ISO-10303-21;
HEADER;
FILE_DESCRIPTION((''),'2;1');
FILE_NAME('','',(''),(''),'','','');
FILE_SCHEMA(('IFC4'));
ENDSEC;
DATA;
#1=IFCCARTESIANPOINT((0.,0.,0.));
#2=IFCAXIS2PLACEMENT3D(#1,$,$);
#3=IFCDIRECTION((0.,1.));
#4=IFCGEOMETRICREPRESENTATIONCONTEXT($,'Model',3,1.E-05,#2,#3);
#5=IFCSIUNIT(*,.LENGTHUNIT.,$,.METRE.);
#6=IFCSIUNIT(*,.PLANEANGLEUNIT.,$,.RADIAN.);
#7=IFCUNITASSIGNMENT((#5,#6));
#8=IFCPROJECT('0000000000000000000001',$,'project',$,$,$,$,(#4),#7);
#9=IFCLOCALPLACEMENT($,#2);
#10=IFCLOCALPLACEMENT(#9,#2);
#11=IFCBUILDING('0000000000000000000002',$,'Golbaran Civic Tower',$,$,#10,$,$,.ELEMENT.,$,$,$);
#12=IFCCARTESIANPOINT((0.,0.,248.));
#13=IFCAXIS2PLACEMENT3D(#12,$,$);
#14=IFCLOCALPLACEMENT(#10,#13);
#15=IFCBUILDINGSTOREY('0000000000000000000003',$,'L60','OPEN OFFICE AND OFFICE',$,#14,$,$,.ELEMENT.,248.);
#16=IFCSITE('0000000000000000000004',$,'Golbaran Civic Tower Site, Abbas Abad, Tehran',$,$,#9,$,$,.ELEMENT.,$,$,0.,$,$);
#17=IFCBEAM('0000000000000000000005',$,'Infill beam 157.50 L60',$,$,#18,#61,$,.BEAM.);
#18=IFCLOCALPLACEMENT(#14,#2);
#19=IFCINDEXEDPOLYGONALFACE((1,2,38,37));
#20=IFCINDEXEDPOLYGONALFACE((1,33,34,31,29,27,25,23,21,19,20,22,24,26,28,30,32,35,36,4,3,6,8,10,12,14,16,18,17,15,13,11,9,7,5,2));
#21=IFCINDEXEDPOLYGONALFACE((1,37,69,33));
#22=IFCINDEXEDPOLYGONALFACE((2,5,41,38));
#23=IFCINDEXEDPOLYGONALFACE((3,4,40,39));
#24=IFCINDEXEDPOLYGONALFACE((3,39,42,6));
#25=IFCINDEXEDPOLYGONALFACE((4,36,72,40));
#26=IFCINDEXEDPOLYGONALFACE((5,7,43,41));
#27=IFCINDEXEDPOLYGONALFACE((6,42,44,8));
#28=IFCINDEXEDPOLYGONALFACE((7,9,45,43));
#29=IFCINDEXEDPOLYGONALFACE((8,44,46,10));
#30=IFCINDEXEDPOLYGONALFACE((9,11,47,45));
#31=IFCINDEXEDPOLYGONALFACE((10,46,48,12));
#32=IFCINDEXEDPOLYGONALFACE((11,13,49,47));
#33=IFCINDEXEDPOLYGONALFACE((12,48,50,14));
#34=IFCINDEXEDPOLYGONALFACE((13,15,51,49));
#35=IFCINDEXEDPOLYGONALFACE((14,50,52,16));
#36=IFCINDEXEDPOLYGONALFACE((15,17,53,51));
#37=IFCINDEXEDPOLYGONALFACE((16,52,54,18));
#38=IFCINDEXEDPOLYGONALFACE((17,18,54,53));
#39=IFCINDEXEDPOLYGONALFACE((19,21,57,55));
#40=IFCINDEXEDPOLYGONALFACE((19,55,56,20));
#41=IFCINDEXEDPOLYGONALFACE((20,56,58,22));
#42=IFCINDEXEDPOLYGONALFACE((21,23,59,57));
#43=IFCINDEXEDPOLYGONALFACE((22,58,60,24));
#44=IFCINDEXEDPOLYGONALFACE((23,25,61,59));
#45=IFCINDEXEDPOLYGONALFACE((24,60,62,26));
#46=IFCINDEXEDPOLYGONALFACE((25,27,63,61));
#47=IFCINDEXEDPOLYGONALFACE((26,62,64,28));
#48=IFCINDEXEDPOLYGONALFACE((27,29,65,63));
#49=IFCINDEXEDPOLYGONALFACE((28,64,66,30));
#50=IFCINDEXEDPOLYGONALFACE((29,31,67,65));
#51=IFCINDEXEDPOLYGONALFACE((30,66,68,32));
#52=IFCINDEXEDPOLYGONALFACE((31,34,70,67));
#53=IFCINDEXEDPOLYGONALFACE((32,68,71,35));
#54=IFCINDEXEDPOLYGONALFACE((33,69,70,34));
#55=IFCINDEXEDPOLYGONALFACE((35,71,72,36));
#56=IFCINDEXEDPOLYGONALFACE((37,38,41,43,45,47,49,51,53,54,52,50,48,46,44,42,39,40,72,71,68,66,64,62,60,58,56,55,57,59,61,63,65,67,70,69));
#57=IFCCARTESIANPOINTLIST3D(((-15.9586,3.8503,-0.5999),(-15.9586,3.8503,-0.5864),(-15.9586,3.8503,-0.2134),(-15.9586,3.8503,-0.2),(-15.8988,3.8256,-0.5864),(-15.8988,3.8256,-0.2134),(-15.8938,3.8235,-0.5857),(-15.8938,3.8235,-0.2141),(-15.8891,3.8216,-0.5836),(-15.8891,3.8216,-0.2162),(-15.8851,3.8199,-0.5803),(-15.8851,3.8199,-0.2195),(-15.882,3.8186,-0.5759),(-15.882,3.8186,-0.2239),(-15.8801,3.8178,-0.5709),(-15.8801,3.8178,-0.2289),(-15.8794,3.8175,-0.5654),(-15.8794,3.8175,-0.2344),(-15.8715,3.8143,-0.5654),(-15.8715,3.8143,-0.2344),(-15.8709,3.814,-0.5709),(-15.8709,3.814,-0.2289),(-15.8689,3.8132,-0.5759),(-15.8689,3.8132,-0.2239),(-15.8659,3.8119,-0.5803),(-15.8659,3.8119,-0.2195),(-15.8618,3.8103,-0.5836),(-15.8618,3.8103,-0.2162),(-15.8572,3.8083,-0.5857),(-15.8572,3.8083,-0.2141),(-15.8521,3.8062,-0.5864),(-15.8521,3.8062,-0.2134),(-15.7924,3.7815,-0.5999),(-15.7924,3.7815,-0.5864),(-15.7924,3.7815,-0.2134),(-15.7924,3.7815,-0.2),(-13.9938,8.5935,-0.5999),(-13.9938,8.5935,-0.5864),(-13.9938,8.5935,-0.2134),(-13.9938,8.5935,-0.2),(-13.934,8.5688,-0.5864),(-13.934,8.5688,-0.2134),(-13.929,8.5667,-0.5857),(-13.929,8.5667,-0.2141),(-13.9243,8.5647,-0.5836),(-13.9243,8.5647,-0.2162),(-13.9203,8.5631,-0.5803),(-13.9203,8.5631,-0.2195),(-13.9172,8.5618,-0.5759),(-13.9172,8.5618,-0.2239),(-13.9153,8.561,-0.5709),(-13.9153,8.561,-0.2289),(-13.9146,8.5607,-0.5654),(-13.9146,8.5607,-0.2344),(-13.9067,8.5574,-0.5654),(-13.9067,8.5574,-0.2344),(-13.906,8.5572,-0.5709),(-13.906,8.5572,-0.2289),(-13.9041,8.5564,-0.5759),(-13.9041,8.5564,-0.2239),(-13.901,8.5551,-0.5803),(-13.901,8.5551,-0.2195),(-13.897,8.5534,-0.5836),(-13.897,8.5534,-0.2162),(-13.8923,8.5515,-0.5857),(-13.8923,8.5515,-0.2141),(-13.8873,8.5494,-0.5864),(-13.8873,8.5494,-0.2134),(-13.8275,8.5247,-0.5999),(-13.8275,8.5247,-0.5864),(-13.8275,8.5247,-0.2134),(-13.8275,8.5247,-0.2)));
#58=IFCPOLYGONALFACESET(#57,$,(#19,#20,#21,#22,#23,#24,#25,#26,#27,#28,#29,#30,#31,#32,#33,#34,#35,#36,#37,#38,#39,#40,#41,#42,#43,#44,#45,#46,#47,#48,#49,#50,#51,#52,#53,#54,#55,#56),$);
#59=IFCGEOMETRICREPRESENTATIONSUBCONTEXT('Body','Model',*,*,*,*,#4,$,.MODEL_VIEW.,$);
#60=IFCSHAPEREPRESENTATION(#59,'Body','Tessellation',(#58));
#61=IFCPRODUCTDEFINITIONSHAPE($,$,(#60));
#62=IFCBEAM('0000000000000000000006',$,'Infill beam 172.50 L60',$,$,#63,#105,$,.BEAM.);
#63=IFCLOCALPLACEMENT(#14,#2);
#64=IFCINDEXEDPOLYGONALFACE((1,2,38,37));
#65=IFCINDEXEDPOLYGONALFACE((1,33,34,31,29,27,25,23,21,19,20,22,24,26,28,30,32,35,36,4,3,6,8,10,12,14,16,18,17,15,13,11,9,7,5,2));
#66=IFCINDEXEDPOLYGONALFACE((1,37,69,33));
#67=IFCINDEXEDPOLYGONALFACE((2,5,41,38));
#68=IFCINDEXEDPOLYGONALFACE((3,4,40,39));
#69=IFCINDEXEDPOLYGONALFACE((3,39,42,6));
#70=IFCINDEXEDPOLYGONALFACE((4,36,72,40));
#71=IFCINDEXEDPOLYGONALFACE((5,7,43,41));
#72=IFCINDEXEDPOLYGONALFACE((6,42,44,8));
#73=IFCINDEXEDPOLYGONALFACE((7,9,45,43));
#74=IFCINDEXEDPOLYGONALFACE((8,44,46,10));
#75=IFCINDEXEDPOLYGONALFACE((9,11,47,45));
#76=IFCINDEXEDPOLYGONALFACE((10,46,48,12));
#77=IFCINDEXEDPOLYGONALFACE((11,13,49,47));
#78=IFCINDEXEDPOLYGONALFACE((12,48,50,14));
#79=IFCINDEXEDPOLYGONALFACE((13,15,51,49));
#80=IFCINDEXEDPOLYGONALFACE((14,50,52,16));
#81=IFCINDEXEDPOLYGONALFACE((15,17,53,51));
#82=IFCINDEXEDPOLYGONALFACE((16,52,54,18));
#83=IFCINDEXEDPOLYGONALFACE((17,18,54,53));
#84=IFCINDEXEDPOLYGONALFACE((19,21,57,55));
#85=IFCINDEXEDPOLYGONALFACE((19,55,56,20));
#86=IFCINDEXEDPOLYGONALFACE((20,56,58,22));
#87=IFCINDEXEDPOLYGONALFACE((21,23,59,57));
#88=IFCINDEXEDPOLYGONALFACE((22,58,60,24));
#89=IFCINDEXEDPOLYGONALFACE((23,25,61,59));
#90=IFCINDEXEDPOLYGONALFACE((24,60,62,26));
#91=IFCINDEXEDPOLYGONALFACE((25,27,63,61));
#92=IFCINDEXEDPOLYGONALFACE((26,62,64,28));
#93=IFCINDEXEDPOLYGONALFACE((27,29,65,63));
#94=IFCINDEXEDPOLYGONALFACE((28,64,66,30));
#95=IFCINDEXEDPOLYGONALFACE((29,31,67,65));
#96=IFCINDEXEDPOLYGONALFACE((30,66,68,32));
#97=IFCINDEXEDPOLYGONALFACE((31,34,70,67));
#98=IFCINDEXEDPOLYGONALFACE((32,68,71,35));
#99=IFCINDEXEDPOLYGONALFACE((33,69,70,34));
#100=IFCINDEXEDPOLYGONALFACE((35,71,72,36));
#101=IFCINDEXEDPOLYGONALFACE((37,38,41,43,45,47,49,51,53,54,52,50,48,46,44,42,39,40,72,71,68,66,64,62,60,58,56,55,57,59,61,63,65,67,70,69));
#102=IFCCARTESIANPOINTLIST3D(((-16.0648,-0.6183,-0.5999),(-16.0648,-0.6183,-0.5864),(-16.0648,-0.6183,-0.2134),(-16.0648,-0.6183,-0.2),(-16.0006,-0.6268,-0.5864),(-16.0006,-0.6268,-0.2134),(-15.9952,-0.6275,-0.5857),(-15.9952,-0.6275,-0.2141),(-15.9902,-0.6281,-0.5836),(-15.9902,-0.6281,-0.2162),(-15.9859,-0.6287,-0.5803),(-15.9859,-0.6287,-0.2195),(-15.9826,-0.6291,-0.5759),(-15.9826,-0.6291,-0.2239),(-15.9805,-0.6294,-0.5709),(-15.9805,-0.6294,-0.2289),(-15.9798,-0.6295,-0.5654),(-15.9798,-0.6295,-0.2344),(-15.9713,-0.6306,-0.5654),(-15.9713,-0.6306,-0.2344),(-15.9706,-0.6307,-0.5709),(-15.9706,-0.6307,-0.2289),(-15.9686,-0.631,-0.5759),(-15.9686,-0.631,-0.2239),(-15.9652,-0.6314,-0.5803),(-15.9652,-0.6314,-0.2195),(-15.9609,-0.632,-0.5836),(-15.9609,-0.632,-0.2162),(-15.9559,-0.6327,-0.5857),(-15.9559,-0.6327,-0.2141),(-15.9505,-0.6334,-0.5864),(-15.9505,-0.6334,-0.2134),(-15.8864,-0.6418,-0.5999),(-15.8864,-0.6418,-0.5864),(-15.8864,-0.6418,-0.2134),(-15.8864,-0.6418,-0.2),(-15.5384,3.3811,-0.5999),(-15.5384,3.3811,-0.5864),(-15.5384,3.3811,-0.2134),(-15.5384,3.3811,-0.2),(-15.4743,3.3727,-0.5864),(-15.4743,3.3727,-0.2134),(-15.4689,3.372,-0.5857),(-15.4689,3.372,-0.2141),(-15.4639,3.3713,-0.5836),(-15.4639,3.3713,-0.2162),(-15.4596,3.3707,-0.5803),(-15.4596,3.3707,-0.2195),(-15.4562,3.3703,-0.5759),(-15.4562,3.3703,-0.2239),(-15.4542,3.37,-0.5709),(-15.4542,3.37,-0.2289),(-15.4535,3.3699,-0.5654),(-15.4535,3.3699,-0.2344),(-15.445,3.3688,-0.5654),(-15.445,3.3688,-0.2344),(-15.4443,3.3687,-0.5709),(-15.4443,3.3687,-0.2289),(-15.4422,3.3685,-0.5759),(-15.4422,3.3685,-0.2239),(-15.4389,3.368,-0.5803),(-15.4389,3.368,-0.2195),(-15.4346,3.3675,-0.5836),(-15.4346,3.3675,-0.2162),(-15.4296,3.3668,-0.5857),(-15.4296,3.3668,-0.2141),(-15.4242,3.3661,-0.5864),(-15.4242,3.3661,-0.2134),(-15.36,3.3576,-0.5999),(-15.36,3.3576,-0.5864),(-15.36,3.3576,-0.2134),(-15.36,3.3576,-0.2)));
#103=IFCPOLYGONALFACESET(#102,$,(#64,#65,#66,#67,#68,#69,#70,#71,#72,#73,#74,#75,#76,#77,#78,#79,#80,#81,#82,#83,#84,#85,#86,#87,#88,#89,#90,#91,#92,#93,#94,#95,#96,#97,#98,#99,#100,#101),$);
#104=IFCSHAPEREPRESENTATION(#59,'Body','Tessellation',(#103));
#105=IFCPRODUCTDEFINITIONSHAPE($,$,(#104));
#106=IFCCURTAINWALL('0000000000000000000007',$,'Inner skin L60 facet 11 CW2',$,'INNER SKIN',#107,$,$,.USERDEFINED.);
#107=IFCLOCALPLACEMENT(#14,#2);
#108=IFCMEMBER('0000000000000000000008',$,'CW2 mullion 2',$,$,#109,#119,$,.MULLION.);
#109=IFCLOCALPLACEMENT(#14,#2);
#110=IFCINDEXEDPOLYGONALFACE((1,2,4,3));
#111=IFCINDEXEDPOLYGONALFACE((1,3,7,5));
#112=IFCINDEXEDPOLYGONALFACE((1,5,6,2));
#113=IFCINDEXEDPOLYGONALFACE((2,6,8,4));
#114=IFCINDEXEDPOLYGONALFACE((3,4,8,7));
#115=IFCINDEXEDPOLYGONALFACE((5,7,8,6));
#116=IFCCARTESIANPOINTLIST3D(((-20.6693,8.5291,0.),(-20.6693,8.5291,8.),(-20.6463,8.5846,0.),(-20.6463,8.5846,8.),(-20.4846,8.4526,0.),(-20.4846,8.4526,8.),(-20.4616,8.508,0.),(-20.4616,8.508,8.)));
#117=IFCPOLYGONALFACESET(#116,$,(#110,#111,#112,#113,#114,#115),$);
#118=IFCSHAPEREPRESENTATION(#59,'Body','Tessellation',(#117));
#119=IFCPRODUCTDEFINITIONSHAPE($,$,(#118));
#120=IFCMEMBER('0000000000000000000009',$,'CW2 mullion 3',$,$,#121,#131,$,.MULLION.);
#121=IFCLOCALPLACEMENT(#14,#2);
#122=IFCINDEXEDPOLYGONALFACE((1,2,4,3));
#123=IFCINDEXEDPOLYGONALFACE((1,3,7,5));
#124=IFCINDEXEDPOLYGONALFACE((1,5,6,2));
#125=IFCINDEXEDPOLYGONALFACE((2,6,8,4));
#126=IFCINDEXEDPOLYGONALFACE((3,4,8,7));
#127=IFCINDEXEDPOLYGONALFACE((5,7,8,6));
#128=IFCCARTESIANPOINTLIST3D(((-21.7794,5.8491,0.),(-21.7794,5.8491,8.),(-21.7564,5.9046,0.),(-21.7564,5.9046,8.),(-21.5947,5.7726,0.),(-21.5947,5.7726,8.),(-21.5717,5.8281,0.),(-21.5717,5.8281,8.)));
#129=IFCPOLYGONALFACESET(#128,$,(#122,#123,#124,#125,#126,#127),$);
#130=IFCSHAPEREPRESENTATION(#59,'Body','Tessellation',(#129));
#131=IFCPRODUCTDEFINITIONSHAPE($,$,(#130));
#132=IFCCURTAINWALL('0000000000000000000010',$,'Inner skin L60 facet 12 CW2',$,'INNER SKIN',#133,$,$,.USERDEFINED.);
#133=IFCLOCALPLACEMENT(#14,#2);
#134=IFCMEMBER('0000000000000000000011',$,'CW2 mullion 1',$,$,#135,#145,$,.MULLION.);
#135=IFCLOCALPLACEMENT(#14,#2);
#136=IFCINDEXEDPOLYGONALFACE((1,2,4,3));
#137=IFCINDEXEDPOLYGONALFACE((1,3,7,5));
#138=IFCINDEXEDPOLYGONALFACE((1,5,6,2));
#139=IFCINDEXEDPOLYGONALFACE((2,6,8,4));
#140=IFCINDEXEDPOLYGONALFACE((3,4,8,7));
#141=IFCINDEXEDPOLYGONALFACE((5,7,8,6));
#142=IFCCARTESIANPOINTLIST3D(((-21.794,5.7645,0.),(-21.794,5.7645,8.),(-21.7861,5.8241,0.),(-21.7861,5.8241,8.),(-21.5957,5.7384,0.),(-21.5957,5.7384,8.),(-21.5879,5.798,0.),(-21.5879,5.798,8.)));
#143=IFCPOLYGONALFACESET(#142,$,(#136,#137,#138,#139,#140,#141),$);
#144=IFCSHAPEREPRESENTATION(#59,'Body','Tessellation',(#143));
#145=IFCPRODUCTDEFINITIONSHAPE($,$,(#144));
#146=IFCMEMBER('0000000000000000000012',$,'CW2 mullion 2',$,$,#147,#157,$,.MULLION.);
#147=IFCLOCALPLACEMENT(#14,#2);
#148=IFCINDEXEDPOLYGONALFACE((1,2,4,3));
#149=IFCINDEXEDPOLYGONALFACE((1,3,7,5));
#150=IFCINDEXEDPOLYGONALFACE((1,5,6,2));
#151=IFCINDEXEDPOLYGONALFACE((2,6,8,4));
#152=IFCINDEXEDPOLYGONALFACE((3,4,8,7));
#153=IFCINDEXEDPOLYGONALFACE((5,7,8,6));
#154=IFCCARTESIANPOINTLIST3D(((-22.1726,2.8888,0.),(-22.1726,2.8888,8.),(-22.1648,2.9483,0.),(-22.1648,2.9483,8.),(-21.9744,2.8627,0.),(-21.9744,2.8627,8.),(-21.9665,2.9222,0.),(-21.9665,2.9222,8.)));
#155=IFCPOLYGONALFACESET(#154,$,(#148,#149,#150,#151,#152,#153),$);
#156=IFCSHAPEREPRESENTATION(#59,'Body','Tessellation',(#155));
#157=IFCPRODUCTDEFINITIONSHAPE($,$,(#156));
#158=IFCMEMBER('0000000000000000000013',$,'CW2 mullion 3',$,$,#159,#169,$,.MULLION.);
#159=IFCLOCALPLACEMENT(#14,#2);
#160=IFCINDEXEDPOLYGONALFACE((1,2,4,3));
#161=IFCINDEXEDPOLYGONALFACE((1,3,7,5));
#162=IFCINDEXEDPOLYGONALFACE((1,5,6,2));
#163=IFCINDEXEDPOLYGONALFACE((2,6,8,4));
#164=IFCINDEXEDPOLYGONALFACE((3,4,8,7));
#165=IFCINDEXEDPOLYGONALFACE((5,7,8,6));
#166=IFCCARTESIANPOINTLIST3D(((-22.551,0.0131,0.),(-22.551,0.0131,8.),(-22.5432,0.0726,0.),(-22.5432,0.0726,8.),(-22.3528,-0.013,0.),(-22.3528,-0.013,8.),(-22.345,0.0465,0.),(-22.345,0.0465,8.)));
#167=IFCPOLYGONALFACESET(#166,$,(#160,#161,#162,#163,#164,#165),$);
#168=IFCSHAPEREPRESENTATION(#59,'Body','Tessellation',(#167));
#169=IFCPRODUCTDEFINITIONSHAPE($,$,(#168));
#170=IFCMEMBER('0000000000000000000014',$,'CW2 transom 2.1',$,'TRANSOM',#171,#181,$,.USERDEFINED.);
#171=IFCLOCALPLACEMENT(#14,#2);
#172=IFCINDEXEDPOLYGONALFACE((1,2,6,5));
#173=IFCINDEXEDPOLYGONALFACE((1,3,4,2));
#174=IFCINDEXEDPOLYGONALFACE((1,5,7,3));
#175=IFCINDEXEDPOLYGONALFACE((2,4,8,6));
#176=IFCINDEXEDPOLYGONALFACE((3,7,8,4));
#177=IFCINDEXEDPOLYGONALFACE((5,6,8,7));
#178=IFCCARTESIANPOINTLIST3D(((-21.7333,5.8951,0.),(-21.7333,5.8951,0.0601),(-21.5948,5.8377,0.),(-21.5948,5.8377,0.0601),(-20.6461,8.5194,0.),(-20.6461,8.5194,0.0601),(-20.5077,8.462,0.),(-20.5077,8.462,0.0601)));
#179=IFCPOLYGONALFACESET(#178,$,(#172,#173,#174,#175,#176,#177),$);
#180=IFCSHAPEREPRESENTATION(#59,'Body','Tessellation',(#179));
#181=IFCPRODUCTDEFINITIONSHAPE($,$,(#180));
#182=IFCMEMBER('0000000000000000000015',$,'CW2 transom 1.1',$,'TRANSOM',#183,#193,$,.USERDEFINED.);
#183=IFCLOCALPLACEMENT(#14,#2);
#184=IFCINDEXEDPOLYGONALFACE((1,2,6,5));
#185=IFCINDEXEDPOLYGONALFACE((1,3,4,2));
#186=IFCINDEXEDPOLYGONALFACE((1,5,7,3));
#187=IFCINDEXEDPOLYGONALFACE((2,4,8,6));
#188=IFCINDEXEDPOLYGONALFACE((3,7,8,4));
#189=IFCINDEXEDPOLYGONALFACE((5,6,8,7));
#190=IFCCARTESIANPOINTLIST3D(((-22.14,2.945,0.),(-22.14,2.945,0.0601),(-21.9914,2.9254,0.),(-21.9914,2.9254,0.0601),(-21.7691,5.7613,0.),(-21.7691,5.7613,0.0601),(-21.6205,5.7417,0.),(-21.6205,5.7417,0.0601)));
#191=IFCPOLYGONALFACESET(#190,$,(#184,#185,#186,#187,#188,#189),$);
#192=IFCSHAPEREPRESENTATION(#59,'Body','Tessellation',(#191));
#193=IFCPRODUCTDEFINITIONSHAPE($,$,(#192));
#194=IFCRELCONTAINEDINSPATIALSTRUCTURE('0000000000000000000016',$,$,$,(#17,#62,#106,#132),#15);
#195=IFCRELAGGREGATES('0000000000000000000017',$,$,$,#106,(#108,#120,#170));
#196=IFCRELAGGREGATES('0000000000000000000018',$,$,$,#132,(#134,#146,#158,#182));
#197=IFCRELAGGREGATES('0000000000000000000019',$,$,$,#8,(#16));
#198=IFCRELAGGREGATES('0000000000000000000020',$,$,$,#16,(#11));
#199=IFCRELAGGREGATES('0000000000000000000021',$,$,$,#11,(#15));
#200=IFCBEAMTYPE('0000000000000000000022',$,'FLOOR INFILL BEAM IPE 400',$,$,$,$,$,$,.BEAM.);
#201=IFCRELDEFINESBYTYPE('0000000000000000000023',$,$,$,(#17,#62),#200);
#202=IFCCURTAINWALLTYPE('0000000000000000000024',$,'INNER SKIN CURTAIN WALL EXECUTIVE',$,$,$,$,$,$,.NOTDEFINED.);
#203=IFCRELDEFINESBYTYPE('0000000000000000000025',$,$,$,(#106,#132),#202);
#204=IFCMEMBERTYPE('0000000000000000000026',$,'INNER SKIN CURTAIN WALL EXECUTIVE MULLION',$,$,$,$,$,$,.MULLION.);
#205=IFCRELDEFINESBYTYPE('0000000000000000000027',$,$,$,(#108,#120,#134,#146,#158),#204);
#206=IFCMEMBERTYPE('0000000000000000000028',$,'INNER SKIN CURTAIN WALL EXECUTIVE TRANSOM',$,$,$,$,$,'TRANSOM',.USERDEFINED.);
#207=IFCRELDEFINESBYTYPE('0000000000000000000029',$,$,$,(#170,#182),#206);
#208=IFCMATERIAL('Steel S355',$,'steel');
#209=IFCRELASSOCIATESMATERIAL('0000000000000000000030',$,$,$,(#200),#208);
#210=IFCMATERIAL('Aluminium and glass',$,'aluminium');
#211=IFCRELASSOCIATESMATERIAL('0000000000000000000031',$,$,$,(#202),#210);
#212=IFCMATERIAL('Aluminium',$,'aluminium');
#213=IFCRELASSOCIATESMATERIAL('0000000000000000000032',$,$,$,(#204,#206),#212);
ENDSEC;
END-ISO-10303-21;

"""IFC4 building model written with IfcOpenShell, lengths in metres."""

from ifc_helpers import new_model, si_unit, direction, frame, origin, origin_2d, place, context, subcontext, project, spatial, rectangle, i_section, extrude, material, material_profile, profile_set, type_object, element, aggregate, save


model = new_model("IFC4")

# Units and contexts
model_context = context("Model", 3, precision=1e-05, world=origin(), true_north=direction((0.0, 1.0)))
body_context = subcontext(model_context, "Body", "Model", "MODEL_VIEW")
ifc_project = project(units=[si_unit("LENGTHUNIT", "METRE"), si_unit("PLANEANGLEUNIT", "RADIAN")], contexts=[model_context])

# Site, building, storey
site_placement = place(None, origin())
site = spatial("IfcSite", under=ifc_project, at=site_placement, Name="Golbaran Civic Tower Site, Abbas Abad, Tehran", CompositionType="ELEMENT", RefElevation=0.0)
building_placement = place(site_placement, origin())
building = spatial("IfcBuilding", under=site, at=building_placement, Name="Golbaran Civic Tower", CompositionType="ELEMENT")
storey_placement = place(building_placement, frame((0.0, 0.0, 248.0)))
storey = spatial("IfcBuildingStorey", under=building, at=storey_placement, Name="L60", Description="OPEN OFFICE AND OFFICE", CompositionType="ELEMENT", Elevation=248.0)

# Beams
ifc_material_1 = material(Name="Steel S355", Category="steel")
ifc_material_profile_1 = material_profile(ifc_material_1, i_section(OverallWidth=0.1799, OverallDepth=0.3999, WebThickness=0.0085, FlangeThickness=0.0134, FilletRadius=0.021, at=origin_2d()), Name="IPE 400")
ifc_profile_set_1 = profile_set([ifc_material_profile_1], Name="Steel S355")
beam_type = type_object("IfcBeamType", Name="FLOOR INFILL BEAM IPE 400", PredefinedType="BEAM", material=ifc_profile_set_1)
beam_1_placement = place(storey_placement, frame((-13.9106, 8.5591, -0.3999), z_axis=(-0.38271, -0.923868, 0.0), x_axis=(0.923868, -0.38271, 0.0)))
element("IfcBeam", 1, at=beam_1_placement, inside=storey, type_object=beam_type, Name="Infill beam 157.50 L60", PredefinedType="BEAM", context=body_context, shape_type="SweptSolid", body=[
    extrude(i_section(OverallWidth=0.1799, OverallDepth=0.3999, WebThickness=0.0085, FlangeThickness=0.0134, FilletRadius=0.021, at=origin_2d()), origin(), (0.0, 0.0, 1.0), 5.134),
])
beam_2_placement = place(storey_placement, frame((-15.4492, 3.3694, -0.3999), z_axis=(-0.130483, -0.991451, 0.0), x_axis=(0.991451, -0.130483, 0.0)))
element("IfcBeam", 2, at=beam_2_placement, inside=storey, type_object=beam_type, Name="Infill beam 172.50 L60", PredefinedType="BEAM", context=body_context, shape_type="SweptSolid", body=[
    extrude(i_section(OverallWidth=0.1799, OverallDepth=0.3999, WebThickness=0.0085, FlangeThickness=0.0134, FilletRadius=0.021, at=origin_2d()), origin(), (0.0, 0.0, 1.0), 4.0339),
])

# Curtain walls, members
ifc_material_2 = material(Name="Aluminium and glass", Category="aluminium")
curtain_wall_type_1 = type_object("IfcCurtainWallType", Name="INNER SKIN CURTAIN WALL EXECUTIVE", PredefinedType="NOTDEFINED", material=ifc_material_2)
curtain_wall_1_placement = place(storey_placement, origin())
curtain_wall_1 = element("IfcCurtainWall", 3, at=curtain_wall_1_placement, inside=storey, type_object=curtain_wall_type_1, Name="Inner skin L60 facet 11 CW2", ObjectType="INNER SKIN", PredefinedType="USERDEFINED")
ifc_material_3 = material(Name="Aluminium", Category="aluminium")
ifc_material_profile_2 = material_profile(ifc_material_3, rectangle(XDim=0.2, YDim=0.0601, at=origin_2d()), Name="INNER SKIN CURTAIN WALL EXECUTIVE MULLION")
ifc_profile_set_2 = profile_set([ifc_material_profile_2], Name="Aluminium")
member_type_1 = type_object("IfcMemberType", Name="INNER SKIN CURTAIN WALL EXECUTIVE MULLION", PredefinedType="MULLION", material=ifc_profile_set_2)
member_1_placement = place(storey_placement, frame((-20.5654, 8.5186, 0.0), z_axis=(0.0, 0.0, 1.0), x_axis=(0.92388, -0.382683, 0.0)))
member_1 = element("IfcMember", 4, at=member_1_placement, type_object=member_type_1, Name="CW2 mullion 2", PredefinedType="MULLION", context=body_context, shape_type="SweptSolid", body=[
    extrude(rectangle(XDim=0.2, YDim=0.0601, at=origin_2d()), origin(), (0.0, 0.0, 1.0), 8.0),
])
member_2_placement = place(storey_placement, frame((-21.6755, 5.8386, 0.0), z_axis=(0.0, 0.0, 1.0), x_axis=(0.92388, -0.382683, 0.0)))
member_2 = element("IfcMember", 5, at=member_2_placement, type_object=member_type_1, Name="CW2 mullion 3", PredefinedType="MULLION", context=body_context, shape_type="SweptSolid", body=[
    extrude(rectangle(XDim=0.2, YDim=0.0601, at=origin_2d()), origin(), (0.0, 0.0, 1.0), 8.0),
])
curtain_wall_2_placement = place(storey_placement, origin())
curtain_wall_2 = element("IfcCurtainWall", 6, at=curtain_wall_2_placement, inside=storey, type_object=curtain_wall_type_1, Name="Inner skin L60 facet 12 CW2", ObjectType="INNER SKIN", PredefinedType="USERDEFINED")
member_3_placement = place(storey_placement, frame((-21.6909, 5.7812, 0.0), z_axis=(0.0, 0.0, 1.0), x_axis=(0.991445, -0.130526, 0.0)))
member_3 = element("IfcMember", 7, at=member_3_placement, type_object=member_type_1, Name="CW2 mullion 1", PredefinedType="MULLION", context=body_context, shape_type="SweptSolid", body=[
    extrude(rectangle(XDim=0.2, YDim=0.0601, at=origin_2d()), origin(), (0.0, 0.0, 1.0), 8.0),
])
member_4_placement = place(storey_placement, frame((-22.0696, 2.9055, 0.0), z_axis=(0.0, 0.0, 1.0), x_axis=(0.991445, -0.130526, 0.0)))
member_4 = element("IfcMember", 8, at=member_4_placement, type_object=member_type_1, Name="CW2 mullion 2", PredefinedType="MULLION", context=body_context, shape_type="SweptSolid", body=[
    extrude(rectangle(XDim=0.2, YDim=0.0601, at=origin_2d()), origin(), (0.0, 0.0, 1.0), 8.0),
])
member_5_placement = place(storey_placement, frame((-22.448, 0.0298, 0.0), z_axis=(0.0, 0.0, 1.0), x_axis=(0.991445, -0.130526, 0.0)))
member_5 = element("IfcMember", 9, at=member_5_placement, type_object=member_type_1, Name="CW2 mullion 3", PredefinedType="MULLION", context=body_context, shape_type="SweptSolid", body=[
    extrude(rectangle(XDim=0.2, YDim=0.0601, at=origin_2d()), origin(), (0.0, 0.0, 1.0), 8.0),
])

# Members
ifc_material_profile_3 = material_profile(ifc_material_3, rectangle(XDim=0.1499, YDim=0.0601, at=origin_2d()), Name="INNER SKIN CURTAIN WALL EXECUTIVE TRANSOM")
ifc_profile_set_3 = profile_set([ifc_material_profile_3], Name="Aluminium")
member_type_2 = type_object("IfcMemberType", Name="INNER SKIN CURTAIN WALL EXECUTIVE TRANSOM", ElementType="TRANSOM", PredefinedType="USERDEFINED", material=ifc_profile_set_3)
member_6_placement = place(storey_placement, frame((-20.5769, 8.4907, 0.03), z_axis=(-0.382729, -0.923861, 0.0), x_axis=(0.923861, -0.382729, 0.0)))
member_6 = element("IfcMember", 10, at=member_6_placement, type_object=member_type_2, Name="CW2 transom 2.1", ObjectType="TRANSOM", PredefinedType="USERDEFINED", context=body_context, shape_type="SweptSolid", body=[
    extrude(rectangle(XDim=0.1499, YDim=0.0601, at=origin_2d()), origin(), (0.0, 0.0, 1.0), 2.8406),
])
member_7_placement = place(storey_placement, frame((-21.6948, 5.7515, 0.03), z_axis=(-0.130559, -0.991441, 0.0), x_axis=(0.991441, -0.130559, 0.0)))
member_7 = element("IfcMember", 11, at=member_7_placement, type_object=member_type_2, Name="CW2 transom 1.1", ObjectType="TRANSOM", PredefinedType="USERDEFINED", context=body_context, shape_type="SweptSolid", body=[
    extrude(rectangle(XDim=0.1499, YDim=0.0601, at=origin_2d()), origin(), (0.0, 0.0, 1.0), 2.8406),
])

aggregate(curtain_wall_1, [member_1, member_2, member_6])
aggregate(curtain_wall_2, [member_3, member_4, member_5, member_7])

save(model, "model.ifc")
